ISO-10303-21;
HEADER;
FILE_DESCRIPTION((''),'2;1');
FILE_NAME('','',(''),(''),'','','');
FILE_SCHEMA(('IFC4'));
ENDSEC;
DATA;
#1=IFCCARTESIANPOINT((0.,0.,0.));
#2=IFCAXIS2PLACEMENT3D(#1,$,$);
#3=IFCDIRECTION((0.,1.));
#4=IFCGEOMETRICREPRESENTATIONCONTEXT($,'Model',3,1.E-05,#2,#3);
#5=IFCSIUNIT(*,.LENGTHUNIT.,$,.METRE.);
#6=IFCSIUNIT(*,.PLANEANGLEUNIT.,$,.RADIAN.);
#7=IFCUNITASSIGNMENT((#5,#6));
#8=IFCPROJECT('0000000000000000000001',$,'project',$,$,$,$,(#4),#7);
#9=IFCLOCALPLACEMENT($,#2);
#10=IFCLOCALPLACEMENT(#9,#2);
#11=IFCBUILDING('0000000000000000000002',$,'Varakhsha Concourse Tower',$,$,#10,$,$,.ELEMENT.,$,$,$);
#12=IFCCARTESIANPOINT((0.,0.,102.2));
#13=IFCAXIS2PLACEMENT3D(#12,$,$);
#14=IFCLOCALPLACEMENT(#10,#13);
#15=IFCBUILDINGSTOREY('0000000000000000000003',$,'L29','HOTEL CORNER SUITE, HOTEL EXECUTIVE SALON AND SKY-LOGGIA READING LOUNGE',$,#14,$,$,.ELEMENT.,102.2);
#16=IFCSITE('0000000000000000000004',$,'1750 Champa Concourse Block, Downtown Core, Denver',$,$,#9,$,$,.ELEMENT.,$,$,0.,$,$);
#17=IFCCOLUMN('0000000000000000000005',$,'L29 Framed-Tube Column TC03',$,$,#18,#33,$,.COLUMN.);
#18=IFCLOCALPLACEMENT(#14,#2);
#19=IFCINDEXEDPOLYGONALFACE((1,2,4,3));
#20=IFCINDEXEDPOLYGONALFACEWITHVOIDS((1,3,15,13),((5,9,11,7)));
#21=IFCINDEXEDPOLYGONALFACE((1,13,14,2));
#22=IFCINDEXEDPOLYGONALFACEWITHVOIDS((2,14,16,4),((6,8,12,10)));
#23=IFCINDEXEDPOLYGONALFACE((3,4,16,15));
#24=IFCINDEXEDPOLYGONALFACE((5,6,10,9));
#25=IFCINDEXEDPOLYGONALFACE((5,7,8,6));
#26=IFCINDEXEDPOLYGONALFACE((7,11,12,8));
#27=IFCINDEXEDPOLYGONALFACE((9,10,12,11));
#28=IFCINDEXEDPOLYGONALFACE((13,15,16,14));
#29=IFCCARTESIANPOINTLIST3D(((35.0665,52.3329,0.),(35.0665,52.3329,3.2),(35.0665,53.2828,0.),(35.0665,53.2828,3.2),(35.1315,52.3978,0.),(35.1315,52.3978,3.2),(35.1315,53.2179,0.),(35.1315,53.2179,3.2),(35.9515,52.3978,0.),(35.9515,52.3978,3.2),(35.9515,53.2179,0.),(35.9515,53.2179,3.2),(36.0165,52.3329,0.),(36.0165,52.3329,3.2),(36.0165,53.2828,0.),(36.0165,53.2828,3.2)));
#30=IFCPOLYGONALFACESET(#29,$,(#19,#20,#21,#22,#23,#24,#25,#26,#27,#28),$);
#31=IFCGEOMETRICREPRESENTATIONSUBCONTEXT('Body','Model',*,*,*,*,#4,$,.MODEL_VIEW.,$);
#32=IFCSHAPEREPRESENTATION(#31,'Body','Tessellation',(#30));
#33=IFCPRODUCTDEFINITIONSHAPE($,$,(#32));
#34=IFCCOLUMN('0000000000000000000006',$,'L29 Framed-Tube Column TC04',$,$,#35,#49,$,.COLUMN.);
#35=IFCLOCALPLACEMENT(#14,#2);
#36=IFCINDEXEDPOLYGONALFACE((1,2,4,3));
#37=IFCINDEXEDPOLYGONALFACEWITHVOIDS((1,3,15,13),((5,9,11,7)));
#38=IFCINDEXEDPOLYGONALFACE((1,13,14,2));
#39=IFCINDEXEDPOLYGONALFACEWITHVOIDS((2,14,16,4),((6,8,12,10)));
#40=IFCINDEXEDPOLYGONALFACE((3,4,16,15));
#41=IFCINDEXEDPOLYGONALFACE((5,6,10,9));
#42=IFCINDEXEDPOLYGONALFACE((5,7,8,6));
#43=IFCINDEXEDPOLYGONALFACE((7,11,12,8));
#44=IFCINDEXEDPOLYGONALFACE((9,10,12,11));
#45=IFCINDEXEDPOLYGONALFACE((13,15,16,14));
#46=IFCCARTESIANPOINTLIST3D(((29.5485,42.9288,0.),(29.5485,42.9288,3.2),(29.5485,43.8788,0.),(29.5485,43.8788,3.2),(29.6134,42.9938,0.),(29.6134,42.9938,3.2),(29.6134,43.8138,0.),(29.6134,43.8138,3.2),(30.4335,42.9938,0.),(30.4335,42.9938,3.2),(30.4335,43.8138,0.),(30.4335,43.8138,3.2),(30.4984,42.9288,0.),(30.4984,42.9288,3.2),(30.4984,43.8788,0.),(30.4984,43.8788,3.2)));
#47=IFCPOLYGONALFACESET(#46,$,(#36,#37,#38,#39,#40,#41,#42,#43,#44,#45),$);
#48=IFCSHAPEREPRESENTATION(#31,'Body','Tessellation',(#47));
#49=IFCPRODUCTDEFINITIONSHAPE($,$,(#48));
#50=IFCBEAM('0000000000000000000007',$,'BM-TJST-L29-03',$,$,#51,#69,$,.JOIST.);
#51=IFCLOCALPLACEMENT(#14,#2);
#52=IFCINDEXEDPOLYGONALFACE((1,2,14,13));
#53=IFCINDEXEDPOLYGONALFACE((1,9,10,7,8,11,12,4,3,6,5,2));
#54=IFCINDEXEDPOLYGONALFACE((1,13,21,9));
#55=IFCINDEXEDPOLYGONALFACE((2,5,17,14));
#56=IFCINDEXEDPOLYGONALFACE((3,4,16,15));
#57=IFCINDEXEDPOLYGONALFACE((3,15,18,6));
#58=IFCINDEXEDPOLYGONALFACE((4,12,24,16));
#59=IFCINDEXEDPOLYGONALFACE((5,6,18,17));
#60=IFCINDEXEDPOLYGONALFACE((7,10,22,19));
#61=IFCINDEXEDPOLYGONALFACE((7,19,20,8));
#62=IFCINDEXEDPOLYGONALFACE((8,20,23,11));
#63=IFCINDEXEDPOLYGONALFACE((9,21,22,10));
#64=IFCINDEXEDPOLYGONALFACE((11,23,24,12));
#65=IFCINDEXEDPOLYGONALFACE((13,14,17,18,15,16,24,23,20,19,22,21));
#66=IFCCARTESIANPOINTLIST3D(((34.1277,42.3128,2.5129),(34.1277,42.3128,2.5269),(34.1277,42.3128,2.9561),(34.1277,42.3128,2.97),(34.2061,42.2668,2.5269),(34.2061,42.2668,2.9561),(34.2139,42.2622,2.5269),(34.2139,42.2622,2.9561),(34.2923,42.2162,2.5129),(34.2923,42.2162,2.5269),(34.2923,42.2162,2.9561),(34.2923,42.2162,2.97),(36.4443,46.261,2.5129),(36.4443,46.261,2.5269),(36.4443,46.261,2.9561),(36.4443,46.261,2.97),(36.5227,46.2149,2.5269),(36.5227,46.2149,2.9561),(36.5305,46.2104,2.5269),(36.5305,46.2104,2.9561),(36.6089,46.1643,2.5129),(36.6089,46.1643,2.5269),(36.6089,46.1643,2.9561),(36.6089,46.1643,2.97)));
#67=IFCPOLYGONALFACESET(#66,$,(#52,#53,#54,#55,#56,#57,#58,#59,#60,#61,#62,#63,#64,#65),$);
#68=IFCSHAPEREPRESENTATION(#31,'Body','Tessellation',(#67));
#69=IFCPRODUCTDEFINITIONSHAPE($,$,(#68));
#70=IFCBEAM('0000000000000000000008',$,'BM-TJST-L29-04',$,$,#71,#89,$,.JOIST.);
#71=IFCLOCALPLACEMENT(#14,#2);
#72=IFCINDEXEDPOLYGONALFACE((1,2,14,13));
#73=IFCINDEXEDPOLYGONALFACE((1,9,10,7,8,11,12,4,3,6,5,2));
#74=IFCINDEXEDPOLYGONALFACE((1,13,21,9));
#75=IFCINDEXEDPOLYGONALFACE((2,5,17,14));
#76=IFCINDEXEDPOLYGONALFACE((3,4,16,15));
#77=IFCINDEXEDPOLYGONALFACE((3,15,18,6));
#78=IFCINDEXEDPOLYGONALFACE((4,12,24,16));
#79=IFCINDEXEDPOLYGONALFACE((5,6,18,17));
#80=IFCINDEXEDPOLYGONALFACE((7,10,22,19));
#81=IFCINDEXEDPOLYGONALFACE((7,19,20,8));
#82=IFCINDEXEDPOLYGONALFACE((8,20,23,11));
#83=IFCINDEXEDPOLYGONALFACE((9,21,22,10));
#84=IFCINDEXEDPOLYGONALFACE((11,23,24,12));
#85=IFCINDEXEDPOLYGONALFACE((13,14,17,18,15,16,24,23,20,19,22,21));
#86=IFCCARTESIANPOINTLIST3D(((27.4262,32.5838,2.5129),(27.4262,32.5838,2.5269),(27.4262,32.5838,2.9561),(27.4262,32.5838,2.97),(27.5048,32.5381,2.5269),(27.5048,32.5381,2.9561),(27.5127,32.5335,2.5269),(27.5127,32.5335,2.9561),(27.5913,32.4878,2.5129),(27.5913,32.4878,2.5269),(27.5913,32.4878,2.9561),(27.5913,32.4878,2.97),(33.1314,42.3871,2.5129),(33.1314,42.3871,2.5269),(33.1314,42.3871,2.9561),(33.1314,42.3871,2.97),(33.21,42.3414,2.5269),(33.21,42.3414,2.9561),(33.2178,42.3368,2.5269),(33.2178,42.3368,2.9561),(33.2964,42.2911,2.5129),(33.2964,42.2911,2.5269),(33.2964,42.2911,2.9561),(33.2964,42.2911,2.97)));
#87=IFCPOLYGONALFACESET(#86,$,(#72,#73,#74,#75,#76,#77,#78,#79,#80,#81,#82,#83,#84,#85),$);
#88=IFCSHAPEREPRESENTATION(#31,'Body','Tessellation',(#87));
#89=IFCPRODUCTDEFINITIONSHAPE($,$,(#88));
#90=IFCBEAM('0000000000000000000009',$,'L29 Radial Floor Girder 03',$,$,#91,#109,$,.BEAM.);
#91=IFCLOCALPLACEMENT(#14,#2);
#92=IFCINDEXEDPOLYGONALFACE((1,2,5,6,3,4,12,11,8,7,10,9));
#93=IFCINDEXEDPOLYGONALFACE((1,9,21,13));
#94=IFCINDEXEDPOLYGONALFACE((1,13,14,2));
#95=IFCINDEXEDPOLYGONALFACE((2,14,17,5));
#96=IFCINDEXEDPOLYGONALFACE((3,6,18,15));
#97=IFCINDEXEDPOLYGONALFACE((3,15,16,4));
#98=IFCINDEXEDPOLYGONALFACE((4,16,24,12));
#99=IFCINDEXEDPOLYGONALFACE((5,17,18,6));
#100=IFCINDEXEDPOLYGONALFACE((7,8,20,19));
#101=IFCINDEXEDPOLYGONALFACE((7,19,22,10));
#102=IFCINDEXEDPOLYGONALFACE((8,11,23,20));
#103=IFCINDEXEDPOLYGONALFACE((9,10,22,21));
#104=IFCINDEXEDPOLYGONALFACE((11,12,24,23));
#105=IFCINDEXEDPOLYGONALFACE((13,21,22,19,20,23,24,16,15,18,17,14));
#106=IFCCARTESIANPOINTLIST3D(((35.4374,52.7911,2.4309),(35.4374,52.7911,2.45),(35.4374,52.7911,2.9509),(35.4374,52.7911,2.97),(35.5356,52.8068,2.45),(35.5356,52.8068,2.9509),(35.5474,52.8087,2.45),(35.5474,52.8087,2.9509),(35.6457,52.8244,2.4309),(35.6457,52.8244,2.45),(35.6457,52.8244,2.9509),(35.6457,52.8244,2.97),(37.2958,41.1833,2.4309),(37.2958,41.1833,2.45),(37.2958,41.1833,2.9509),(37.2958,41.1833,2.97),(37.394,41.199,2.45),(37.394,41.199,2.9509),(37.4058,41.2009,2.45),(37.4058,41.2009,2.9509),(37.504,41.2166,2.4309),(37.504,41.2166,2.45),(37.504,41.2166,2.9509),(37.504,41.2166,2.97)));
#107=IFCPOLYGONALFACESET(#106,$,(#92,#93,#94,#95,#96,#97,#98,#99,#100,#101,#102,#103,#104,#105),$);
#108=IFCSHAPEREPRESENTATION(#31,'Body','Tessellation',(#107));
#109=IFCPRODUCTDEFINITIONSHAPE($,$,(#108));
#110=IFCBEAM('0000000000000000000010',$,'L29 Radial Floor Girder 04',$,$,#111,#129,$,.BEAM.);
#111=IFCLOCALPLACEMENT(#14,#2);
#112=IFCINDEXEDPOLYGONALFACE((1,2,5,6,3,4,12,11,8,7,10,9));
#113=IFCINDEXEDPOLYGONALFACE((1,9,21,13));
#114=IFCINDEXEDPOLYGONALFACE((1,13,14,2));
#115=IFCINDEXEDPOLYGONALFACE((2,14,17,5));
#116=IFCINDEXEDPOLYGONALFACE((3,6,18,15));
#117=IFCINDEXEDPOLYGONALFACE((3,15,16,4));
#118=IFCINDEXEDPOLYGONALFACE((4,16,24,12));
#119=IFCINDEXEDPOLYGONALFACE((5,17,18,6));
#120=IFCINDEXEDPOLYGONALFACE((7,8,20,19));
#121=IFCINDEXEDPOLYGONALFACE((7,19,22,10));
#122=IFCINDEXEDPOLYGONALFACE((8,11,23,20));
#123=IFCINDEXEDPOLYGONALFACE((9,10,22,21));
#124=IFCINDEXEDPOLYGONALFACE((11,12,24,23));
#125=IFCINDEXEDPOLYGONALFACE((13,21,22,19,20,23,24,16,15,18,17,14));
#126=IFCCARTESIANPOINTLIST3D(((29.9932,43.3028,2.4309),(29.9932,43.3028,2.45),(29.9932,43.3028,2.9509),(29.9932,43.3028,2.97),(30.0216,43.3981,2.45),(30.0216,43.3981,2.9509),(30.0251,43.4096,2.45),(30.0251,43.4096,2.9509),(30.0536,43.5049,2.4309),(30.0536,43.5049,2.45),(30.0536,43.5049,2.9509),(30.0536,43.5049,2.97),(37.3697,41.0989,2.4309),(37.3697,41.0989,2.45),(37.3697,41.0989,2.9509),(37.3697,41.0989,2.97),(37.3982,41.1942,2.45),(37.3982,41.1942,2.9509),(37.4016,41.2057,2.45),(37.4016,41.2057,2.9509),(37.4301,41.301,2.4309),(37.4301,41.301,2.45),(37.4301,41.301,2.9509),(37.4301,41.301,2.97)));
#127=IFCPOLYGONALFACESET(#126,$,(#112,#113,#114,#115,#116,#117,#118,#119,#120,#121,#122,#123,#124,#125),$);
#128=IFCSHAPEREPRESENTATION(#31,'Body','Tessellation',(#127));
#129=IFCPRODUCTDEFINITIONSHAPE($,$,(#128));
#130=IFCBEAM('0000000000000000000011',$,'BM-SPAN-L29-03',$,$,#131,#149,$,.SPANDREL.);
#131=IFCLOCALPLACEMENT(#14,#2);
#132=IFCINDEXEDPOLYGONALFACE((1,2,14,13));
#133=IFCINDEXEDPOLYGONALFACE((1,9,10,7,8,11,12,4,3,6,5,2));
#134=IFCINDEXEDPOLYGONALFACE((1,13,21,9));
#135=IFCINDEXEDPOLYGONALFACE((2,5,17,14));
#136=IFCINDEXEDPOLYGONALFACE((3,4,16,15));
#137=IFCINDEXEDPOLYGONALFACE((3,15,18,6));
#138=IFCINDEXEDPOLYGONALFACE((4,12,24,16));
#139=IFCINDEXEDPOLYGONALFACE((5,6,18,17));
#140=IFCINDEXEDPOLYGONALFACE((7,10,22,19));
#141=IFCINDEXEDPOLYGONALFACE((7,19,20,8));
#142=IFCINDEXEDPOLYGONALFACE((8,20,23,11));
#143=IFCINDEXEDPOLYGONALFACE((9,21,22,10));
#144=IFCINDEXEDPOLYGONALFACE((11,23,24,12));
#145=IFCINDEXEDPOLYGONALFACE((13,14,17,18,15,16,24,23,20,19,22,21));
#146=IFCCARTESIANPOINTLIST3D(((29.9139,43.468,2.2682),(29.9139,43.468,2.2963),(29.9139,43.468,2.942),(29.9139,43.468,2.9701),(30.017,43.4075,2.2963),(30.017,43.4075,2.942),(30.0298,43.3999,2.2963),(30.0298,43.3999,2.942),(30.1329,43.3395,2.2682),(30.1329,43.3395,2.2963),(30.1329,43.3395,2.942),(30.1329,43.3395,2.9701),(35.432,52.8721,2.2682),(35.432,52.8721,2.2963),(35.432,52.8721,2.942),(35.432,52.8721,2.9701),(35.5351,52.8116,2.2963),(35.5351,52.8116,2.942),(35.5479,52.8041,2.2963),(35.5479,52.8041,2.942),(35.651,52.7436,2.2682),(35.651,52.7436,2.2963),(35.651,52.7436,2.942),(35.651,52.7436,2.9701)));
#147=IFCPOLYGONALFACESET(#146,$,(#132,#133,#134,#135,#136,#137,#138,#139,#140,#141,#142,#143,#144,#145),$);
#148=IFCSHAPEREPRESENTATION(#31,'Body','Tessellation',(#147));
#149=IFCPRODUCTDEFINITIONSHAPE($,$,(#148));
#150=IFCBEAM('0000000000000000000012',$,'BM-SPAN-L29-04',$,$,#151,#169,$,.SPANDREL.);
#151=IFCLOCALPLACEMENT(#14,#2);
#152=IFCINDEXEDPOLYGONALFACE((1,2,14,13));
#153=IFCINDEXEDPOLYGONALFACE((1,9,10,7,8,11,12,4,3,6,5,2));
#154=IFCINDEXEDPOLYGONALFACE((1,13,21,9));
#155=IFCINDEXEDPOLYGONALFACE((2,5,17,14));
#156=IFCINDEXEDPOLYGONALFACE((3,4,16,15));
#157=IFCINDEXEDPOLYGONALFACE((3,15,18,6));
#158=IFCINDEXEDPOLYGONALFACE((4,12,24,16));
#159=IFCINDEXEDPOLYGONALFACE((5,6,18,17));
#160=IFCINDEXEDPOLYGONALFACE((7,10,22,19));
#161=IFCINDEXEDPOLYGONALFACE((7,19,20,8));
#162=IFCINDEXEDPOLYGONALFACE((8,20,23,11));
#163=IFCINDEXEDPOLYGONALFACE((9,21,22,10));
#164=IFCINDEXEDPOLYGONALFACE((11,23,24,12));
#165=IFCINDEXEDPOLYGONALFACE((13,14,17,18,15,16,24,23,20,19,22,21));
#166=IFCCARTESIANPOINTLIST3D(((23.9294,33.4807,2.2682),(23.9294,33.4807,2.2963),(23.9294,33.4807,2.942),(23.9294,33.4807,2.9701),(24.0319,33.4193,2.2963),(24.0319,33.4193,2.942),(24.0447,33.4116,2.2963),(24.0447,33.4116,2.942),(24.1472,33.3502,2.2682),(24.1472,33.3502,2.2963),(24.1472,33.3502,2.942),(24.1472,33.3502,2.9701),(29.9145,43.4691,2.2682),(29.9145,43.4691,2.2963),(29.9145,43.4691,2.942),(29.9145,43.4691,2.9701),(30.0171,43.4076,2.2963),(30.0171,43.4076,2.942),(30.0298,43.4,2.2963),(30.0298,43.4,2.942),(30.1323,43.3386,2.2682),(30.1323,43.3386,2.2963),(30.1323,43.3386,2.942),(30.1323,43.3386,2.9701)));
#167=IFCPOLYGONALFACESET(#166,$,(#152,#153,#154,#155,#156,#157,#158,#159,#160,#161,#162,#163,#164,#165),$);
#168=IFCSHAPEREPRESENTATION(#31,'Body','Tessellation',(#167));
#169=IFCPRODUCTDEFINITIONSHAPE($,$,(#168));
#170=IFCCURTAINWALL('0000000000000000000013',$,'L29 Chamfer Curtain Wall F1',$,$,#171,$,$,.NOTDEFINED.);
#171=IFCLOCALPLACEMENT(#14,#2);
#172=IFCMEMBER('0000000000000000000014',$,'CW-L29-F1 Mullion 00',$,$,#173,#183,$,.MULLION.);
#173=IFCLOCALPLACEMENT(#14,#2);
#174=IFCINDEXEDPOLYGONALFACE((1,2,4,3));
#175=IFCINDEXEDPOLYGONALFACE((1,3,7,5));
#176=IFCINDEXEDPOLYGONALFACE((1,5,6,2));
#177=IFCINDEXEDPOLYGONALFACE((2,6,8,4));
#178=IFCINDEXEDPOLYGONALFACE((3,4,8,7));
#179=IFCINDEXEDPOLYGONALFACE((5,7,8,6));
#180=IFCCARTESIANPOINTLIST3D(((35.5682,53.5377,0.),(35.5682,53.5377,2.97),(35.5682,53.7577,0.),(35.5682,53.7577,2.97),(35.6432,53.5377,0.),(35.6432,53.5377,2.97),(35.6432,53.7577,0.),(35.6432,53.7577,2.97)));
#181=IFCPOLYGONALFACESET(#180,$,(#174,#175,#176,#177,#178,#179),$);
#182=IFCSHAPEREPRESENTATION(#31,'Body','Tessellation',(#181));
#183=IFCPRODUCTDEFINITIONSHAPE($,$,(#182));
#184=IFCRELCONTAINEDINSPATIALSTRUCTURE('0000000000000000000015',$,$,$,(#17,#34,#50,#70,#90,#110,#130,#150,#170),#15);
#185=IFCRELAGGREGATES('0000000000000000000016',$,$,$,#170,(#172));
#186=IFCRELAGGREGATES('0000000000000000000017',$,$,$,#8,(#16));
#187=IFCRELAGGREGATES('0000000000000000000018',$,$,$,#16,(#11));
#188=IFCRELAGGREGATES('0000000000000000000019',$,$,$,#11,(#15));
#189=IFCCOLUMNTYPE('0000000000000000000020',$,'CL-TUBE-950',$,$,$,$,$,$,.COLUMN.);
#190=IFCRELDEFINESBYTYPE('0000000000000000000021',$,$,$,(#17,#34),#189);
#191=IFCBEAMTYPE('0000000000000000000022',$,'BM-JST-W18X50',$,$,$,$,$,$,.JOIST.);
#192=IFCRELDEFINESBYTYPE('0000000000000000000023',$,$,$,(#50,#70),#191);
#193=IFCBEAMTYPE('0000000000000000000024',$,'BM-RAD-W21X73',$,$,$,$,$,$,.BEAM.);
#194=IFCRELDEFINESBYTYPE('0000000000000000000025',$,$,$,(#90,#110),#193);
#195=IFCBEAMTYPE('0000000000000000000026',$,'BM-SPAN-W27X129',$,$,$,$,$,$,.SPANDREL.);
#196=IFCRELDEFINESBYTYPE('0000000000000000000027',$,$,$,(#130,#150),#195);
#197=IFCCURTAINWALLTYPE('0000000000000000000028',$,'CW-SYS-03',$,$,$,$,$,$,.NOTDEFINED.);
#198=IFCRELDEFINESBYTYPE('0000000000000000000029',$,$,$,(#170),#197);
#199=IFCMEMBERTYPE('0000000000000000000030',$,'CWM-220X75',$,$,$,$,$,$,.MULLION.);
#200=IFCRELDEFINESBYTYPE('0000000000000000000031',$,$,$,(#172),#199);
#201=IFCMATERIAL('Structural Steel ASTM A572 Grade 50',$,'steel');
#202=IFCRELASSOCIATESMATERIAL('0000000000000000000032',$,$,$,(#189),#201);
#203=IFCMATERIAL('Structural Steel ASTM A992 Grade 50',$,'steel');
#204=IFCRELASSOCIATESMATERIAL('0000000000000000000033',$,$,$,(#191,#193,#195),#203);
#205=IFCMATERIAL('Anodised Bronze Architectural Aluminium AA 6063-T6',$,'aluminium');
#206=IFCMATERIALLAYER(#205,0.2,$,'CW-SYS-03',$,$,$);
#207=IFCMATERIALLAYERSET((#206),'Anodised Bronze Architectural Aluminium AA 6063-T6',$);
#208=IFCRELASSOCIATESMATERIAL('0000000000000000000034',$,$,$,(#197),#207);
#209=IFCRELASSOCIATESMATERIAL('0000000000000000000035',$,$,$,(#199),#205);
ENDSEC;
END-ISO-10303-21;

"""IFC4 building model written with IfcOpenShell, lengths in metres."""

from ifc_helpers import new_model, si_unit, direction, frame, origin, origin_2d, place, context, subcontext, project, spatial, rectangle, hollow_rectangle, i_section, extrude, source, transform, mapped, material, layer, layer_set, material_profile, profile_set, type_object, type_shapes, element, aggregate, save


model = new_model("IFC4")

# Units and contexts
model_context = context("Model", 3, precision=1e-05, world=origin(), true_north=direction((0.0, 1.0)))
body_context = subcontext(model_context, "Body", "Model", "MODEL_VIEW")
ifc_project = project(units=[si_unit("LENGTHUNIT", "METRE"), si_unit("PLANEANGLEUNIT", "RADIAN")], contexts=[model_context])

# Site, building, storey
site_placement = place(None, origin())
site = spatial("IfcSite", under=ifc_project, at=site_placement, Name="1750 Champa Concourse Block, Downtown Core, Denver", CompositionType="ELEMENT", RefElevation=0.0)
building_placement = place(site_placement, origin())
building = spatial("IfcBuilding", under=site, at=building_placement, Name="Varakhsha Concourse Tower", CompositionType="ELEMENT")
storey_placement = place(building_placement, frame((0.0, 0.0, 102.2)))
storey = spatial("IfcBuildingStorey", under=building, at=storey_placement, Name="L29", Description="HOTEL CORNER SUITE, HOTEL EXECUTIVE SALON AND SKY-LOGGIA READING LOUNGE", CompositionType="ELEMENT", Elevation=102.2)

# Columns
ifc_material_1 = material(Name="Structural Steel ASTM A572 Grade 50", Category="steel")
ifc_material_profile_1 = material_profile(ifc_material_1, hollow_rectangle(XDim=0.95, YDim=0.95, WallThickness=0.0649, at=origin_2d()), Name="BOX 950x950x65")
ifc_profile_set_1 = profile_set([ifc_material_profile_1], Name="Structural Steel ASTM A572 Grade 50")
column_type = type_object("IfcColumnType", Name="CL-TUBE-950", PredefinedType="COLUMN", material=ifc_profile_set_1)
for number, where, z_axis, x_axis, name in (
    (1, (35.5415, 52.8079, 0.0), (0.0, 0.0, 1.0), (1.0, 0.0, 0.0), "L29 Framed-Tube Column TC03"),
    (2, (30.0234, 43.4038, 0.0), (0.0, 0.0, 1.0), (1.0, 0.0, 0.0), "L29 Framed-Tube Column TC04"),
):
    element("IfcColumn", number, at=place(storey_placement, frame(where, z_axis=z_axis, x_axis=x_axis)), inside=storey, type_object=column_type, Name=name, PredefinedType="COLUMN", context=body_context, shape_type="SweptSolid", body=[
        extrude(hollow_rectangle(XDim=0.95, YDim=0.95, WallThickness=0.0649, at=origin_2d()), origin(), (0.0, 0.0, 1.0), 3.2),
    ])

# Beams
ifc_material_2 = material(Name="Structural Steel ASTM A992 Grade 50", Category="steel")
ifc_material_profile_2 = material_profile(ifc_material_2, i_section(OverallWidth=0.1909, OverallDepth=0.457, WebThickness=0.009, FlangeThickness=0.0139, at=origin_2d()), Name="W18X50")
ifc_profile_set_2 = profile_set([ifc_material_profile_2], Name="Structural Steel ASTM A992 Grade 50")
beam_type_1 = type_object("IfcBeamType", Name="BM-JST-W18X50", PredefinedType="JOIST", material=ifc_profile_set_2)
beam_1_placement = place(storey_placement, frame((36.5266, 46.2126, 2.7415), z_axis=(-0.506071, -0.862492, 0.0), x_axis=(0.862492, -0.506071, 0.0)))
element("IfcBeam", 3, at=beam_1_placement, inside=storey, type_object=beam_type_1, Name="BM-TJST-L29-03", PredefinedType="JOIST", context=body_context, shape_type="SweptSolid", body=[
    extrude(i_section(OverallWidth=0.1909, OverallDepth=0.457, WebThickness=0.009, FlangeThickness=0.0139, at=origin_2d()), origin(), (0.0, 0.0, 1.0), 4.5776),
])
beam_2_placement = place(storey_placement, frame((33.2139, 42.3391, 2.7415), z_axis=(-0.502985, -0.864295, 0.0), x_axis=(0.864295, -0.502985, 0.0)))
element("IfcBeam", 4, at=beam_2_placement, inside=storey, type_object=beam_type_1, Name="BM-TJST-L29-04", PredefinedType="JOIST", context=body_context, shape_type="SweptSolid", body=[
    extrude(i_section(OverallWidth=0.1909, OverallDepth=0.457, WebThickness=0.009, FlangeThickness=0.0139, at=origin_2d()), origin(), (0.0, 0.0, 1.0), 11.3425),
])
ifc_material_profile_3 = material_profile(ifc_material_2, i_section(OverallWidth=0.2109, OverallDepth=0.5391, WebThickness=0.012, FlangeThickness=0.019, at=origin_2d()), Name="W21X73")
ifc_profile_set_3 = profile_set([ifc_material_profile_3], Name="Structural Steel ASTM A992 Grade 50")
beam_type_2 = type_object("IfcBeamType", Name="BM-RAD-W21X73", PredefinedType="BEAM", material=ifc_profile_set_3)
beam_3_placement = place(storey_placement, frame((37.3999, 41.2, 2.7004), z_axis=(-0.158084, 0.987426, 0.0), x_axis=(-0.987426, -0.158084, 0.0)))
element("IfcBeam", 5, at=beam_3_placement, inside=storey, type_object=beam_type_2, Name="L29 Radial Floor Girder 03", PredefinedType="BEAM", context=body_context, shape_type="SweptSolid", body=[
    extrude(i_section(OverallWidth=0.2109, OverallDepth=0.5391, WebThickness=0.012, FlangeThickness=0.019, at=origin_2d()), origin(), (0.0, 0.0, 1.0), 11.7556),
])
beam_4_placement = place(storey_placement, frame((37.3999, 41.2, 2.7004), z_axis=(-0.95815, 0.286265, 0.0), x_axis=(-0.286265, -0.95815, 0.0)))
element("IfcBeam", 6, at=beam_4_placement, inside=storey, type_object=beam_type_2, Name="L29 Radial Floor Girder 04", PredefinedType="BEAM", context=body_context, shape_type="SweptSolid", body=[
    extrude(i_section(OverallWidth=0.2109, OverallDepth=0.5391, WebThickness=0.012, FlangeThickness=0.019, at=origin_2d()), origin(), (0.0, 0.0, 1.0), 7.6987),
])
ifc_material_profile_4 = material_profile(ifc_material_2, i_section(OverallWidth=0.2539, OverallDepth=0.7019, WebThickness=0.0149, FlangeThickness=0.0281, at=origin_2d()), Name="W27X129")
ifc_profile_set_4 = profile_set([ifc_material_profile_4], Name="Structural Steel ASTM A992 Grade 50")
beam_type_3 = type_object("IfcBeamType", Name="BM-SPAN-W27X129", PredefinedType="SPANDREL", material=ifc_profile_set_4)
beam_5_placement = place(storey_placement, frame((35.5415, 52.8079, 2.6191), z_axis=(-0.506084, -0.862484, 0.0), x_axis=(0.862484, -0.506084, 0.0)))
element("IfcBeam", 7, at=beam_5_placement, inside=storey, type_object=beam_type_3, Name="BM-SPAN-L29-03", PredefinedType="SPANDREL", context=body_context, shape_type="SweptSolid", body=[
    extrude(i_section(OverallWidth=0.2539, OverallDepth=0.7019, WebThickness=0.0149, FlangeThickness=0.0281, at=origin_2d()), origin(), (0.0, 0.0, 1.0), 10.9036),
])
beam_6_placement = place(storey_placement, frame((30.0234, 43.4038, 2.6191), z_axis=(-0.513999, -0.857791, 0.0), x_axis=(0.857791, -0.513999, 0.0)))
element("IfcBeam", 8, at=beam_6_placement, inside=storey, type_object=beam_type_3, Name="BM-SPAN-L29-04", PredefinedType="SPANDREL", context=body_context, shape_type="SweptSolid", body=[
    extrude(i_section(OverallWidth=0.2539, OverallDepth=0.7019, WebThickness=0.0149, FlangeThickness=0.0281, at=origin_2d()), origin(), (0.0, 0.0, 1.0), 11.6443),
])

# Curtain wall, member
ifc_material_3 = material(Name="Anodised Bronze Architectural Aluminium AA 6063-T6", Category="aluminium")
ifc_layer_1 = layer(ifc_material_3, 0.2, Name="CW-SYS-03")
ifc_layer_set_1 = layer_set([ifc_layer_1], Name="Anodised Bronze Architectural Aluminium AA 6063-T6")
curtain_wall_type = type_object("IfcCurtainWallType", Name="CW-SYS-03", PredefinedType="NOTDEFINED", material=ifc_layer_set_1)
curtain_wall_1_placement = place(storey_placement, origin())
curtain_wall_1 = element("IfcCurtainWall", 9, at=curtain_wall_1_placement, inside=storey, type_object=curtain_wall_type, Name="L29 Chamfer Curtain Wall F1", PredefinedType="NOTDEFINED")
ifc_material_profile_5 = material_profile(ifc_material_3, rectangle(XDim=0.075, YDim=0.22, at=origin_2d()), Name="CWM-220X75")
ifc_profile_set_5 = profile_set([ifc_material_profile_5], Name="Anodised Bronze Architectural Aluminium AA 6063-T6")
member_type_1 = type_object("IfcMemberType", Name="CWM-220X75", PredefinedType="MULLION", material=ifc_profile_set_5)
shared_shape_1 = source(origin(), body_context, "Body", "SweptSolid", [
    extrude(rectangle(XDim=0.075, YDim=0.22, at=origin_2d()), origin(), (0.0, 0.0, 1.0), 2.97),
])
type_shapes(member_type_1, [shared_shape_1])
member_1_placement = place(storey_placement, frame((35.6057, 53.6477, 0.0), z_axis=(0.0, 0.0, 1.0), x_axis=(1.0, 0.0, 0.0)))
member_1 = element("IfcMember", 10, at=member_1_placement, type_object=member_type_1, Name="CW-L29-F1 Mullion 00", PredefinedType="MULLION", context=body_context, shape_type="MappedRepresentation", body=[
    mapped(shared_shape_1, transform((0.0, 0.0, 0.0), scale=1.0)),
])

aggregate(curtain_wall_1, [member_1])

save(model, "model.ifc")
